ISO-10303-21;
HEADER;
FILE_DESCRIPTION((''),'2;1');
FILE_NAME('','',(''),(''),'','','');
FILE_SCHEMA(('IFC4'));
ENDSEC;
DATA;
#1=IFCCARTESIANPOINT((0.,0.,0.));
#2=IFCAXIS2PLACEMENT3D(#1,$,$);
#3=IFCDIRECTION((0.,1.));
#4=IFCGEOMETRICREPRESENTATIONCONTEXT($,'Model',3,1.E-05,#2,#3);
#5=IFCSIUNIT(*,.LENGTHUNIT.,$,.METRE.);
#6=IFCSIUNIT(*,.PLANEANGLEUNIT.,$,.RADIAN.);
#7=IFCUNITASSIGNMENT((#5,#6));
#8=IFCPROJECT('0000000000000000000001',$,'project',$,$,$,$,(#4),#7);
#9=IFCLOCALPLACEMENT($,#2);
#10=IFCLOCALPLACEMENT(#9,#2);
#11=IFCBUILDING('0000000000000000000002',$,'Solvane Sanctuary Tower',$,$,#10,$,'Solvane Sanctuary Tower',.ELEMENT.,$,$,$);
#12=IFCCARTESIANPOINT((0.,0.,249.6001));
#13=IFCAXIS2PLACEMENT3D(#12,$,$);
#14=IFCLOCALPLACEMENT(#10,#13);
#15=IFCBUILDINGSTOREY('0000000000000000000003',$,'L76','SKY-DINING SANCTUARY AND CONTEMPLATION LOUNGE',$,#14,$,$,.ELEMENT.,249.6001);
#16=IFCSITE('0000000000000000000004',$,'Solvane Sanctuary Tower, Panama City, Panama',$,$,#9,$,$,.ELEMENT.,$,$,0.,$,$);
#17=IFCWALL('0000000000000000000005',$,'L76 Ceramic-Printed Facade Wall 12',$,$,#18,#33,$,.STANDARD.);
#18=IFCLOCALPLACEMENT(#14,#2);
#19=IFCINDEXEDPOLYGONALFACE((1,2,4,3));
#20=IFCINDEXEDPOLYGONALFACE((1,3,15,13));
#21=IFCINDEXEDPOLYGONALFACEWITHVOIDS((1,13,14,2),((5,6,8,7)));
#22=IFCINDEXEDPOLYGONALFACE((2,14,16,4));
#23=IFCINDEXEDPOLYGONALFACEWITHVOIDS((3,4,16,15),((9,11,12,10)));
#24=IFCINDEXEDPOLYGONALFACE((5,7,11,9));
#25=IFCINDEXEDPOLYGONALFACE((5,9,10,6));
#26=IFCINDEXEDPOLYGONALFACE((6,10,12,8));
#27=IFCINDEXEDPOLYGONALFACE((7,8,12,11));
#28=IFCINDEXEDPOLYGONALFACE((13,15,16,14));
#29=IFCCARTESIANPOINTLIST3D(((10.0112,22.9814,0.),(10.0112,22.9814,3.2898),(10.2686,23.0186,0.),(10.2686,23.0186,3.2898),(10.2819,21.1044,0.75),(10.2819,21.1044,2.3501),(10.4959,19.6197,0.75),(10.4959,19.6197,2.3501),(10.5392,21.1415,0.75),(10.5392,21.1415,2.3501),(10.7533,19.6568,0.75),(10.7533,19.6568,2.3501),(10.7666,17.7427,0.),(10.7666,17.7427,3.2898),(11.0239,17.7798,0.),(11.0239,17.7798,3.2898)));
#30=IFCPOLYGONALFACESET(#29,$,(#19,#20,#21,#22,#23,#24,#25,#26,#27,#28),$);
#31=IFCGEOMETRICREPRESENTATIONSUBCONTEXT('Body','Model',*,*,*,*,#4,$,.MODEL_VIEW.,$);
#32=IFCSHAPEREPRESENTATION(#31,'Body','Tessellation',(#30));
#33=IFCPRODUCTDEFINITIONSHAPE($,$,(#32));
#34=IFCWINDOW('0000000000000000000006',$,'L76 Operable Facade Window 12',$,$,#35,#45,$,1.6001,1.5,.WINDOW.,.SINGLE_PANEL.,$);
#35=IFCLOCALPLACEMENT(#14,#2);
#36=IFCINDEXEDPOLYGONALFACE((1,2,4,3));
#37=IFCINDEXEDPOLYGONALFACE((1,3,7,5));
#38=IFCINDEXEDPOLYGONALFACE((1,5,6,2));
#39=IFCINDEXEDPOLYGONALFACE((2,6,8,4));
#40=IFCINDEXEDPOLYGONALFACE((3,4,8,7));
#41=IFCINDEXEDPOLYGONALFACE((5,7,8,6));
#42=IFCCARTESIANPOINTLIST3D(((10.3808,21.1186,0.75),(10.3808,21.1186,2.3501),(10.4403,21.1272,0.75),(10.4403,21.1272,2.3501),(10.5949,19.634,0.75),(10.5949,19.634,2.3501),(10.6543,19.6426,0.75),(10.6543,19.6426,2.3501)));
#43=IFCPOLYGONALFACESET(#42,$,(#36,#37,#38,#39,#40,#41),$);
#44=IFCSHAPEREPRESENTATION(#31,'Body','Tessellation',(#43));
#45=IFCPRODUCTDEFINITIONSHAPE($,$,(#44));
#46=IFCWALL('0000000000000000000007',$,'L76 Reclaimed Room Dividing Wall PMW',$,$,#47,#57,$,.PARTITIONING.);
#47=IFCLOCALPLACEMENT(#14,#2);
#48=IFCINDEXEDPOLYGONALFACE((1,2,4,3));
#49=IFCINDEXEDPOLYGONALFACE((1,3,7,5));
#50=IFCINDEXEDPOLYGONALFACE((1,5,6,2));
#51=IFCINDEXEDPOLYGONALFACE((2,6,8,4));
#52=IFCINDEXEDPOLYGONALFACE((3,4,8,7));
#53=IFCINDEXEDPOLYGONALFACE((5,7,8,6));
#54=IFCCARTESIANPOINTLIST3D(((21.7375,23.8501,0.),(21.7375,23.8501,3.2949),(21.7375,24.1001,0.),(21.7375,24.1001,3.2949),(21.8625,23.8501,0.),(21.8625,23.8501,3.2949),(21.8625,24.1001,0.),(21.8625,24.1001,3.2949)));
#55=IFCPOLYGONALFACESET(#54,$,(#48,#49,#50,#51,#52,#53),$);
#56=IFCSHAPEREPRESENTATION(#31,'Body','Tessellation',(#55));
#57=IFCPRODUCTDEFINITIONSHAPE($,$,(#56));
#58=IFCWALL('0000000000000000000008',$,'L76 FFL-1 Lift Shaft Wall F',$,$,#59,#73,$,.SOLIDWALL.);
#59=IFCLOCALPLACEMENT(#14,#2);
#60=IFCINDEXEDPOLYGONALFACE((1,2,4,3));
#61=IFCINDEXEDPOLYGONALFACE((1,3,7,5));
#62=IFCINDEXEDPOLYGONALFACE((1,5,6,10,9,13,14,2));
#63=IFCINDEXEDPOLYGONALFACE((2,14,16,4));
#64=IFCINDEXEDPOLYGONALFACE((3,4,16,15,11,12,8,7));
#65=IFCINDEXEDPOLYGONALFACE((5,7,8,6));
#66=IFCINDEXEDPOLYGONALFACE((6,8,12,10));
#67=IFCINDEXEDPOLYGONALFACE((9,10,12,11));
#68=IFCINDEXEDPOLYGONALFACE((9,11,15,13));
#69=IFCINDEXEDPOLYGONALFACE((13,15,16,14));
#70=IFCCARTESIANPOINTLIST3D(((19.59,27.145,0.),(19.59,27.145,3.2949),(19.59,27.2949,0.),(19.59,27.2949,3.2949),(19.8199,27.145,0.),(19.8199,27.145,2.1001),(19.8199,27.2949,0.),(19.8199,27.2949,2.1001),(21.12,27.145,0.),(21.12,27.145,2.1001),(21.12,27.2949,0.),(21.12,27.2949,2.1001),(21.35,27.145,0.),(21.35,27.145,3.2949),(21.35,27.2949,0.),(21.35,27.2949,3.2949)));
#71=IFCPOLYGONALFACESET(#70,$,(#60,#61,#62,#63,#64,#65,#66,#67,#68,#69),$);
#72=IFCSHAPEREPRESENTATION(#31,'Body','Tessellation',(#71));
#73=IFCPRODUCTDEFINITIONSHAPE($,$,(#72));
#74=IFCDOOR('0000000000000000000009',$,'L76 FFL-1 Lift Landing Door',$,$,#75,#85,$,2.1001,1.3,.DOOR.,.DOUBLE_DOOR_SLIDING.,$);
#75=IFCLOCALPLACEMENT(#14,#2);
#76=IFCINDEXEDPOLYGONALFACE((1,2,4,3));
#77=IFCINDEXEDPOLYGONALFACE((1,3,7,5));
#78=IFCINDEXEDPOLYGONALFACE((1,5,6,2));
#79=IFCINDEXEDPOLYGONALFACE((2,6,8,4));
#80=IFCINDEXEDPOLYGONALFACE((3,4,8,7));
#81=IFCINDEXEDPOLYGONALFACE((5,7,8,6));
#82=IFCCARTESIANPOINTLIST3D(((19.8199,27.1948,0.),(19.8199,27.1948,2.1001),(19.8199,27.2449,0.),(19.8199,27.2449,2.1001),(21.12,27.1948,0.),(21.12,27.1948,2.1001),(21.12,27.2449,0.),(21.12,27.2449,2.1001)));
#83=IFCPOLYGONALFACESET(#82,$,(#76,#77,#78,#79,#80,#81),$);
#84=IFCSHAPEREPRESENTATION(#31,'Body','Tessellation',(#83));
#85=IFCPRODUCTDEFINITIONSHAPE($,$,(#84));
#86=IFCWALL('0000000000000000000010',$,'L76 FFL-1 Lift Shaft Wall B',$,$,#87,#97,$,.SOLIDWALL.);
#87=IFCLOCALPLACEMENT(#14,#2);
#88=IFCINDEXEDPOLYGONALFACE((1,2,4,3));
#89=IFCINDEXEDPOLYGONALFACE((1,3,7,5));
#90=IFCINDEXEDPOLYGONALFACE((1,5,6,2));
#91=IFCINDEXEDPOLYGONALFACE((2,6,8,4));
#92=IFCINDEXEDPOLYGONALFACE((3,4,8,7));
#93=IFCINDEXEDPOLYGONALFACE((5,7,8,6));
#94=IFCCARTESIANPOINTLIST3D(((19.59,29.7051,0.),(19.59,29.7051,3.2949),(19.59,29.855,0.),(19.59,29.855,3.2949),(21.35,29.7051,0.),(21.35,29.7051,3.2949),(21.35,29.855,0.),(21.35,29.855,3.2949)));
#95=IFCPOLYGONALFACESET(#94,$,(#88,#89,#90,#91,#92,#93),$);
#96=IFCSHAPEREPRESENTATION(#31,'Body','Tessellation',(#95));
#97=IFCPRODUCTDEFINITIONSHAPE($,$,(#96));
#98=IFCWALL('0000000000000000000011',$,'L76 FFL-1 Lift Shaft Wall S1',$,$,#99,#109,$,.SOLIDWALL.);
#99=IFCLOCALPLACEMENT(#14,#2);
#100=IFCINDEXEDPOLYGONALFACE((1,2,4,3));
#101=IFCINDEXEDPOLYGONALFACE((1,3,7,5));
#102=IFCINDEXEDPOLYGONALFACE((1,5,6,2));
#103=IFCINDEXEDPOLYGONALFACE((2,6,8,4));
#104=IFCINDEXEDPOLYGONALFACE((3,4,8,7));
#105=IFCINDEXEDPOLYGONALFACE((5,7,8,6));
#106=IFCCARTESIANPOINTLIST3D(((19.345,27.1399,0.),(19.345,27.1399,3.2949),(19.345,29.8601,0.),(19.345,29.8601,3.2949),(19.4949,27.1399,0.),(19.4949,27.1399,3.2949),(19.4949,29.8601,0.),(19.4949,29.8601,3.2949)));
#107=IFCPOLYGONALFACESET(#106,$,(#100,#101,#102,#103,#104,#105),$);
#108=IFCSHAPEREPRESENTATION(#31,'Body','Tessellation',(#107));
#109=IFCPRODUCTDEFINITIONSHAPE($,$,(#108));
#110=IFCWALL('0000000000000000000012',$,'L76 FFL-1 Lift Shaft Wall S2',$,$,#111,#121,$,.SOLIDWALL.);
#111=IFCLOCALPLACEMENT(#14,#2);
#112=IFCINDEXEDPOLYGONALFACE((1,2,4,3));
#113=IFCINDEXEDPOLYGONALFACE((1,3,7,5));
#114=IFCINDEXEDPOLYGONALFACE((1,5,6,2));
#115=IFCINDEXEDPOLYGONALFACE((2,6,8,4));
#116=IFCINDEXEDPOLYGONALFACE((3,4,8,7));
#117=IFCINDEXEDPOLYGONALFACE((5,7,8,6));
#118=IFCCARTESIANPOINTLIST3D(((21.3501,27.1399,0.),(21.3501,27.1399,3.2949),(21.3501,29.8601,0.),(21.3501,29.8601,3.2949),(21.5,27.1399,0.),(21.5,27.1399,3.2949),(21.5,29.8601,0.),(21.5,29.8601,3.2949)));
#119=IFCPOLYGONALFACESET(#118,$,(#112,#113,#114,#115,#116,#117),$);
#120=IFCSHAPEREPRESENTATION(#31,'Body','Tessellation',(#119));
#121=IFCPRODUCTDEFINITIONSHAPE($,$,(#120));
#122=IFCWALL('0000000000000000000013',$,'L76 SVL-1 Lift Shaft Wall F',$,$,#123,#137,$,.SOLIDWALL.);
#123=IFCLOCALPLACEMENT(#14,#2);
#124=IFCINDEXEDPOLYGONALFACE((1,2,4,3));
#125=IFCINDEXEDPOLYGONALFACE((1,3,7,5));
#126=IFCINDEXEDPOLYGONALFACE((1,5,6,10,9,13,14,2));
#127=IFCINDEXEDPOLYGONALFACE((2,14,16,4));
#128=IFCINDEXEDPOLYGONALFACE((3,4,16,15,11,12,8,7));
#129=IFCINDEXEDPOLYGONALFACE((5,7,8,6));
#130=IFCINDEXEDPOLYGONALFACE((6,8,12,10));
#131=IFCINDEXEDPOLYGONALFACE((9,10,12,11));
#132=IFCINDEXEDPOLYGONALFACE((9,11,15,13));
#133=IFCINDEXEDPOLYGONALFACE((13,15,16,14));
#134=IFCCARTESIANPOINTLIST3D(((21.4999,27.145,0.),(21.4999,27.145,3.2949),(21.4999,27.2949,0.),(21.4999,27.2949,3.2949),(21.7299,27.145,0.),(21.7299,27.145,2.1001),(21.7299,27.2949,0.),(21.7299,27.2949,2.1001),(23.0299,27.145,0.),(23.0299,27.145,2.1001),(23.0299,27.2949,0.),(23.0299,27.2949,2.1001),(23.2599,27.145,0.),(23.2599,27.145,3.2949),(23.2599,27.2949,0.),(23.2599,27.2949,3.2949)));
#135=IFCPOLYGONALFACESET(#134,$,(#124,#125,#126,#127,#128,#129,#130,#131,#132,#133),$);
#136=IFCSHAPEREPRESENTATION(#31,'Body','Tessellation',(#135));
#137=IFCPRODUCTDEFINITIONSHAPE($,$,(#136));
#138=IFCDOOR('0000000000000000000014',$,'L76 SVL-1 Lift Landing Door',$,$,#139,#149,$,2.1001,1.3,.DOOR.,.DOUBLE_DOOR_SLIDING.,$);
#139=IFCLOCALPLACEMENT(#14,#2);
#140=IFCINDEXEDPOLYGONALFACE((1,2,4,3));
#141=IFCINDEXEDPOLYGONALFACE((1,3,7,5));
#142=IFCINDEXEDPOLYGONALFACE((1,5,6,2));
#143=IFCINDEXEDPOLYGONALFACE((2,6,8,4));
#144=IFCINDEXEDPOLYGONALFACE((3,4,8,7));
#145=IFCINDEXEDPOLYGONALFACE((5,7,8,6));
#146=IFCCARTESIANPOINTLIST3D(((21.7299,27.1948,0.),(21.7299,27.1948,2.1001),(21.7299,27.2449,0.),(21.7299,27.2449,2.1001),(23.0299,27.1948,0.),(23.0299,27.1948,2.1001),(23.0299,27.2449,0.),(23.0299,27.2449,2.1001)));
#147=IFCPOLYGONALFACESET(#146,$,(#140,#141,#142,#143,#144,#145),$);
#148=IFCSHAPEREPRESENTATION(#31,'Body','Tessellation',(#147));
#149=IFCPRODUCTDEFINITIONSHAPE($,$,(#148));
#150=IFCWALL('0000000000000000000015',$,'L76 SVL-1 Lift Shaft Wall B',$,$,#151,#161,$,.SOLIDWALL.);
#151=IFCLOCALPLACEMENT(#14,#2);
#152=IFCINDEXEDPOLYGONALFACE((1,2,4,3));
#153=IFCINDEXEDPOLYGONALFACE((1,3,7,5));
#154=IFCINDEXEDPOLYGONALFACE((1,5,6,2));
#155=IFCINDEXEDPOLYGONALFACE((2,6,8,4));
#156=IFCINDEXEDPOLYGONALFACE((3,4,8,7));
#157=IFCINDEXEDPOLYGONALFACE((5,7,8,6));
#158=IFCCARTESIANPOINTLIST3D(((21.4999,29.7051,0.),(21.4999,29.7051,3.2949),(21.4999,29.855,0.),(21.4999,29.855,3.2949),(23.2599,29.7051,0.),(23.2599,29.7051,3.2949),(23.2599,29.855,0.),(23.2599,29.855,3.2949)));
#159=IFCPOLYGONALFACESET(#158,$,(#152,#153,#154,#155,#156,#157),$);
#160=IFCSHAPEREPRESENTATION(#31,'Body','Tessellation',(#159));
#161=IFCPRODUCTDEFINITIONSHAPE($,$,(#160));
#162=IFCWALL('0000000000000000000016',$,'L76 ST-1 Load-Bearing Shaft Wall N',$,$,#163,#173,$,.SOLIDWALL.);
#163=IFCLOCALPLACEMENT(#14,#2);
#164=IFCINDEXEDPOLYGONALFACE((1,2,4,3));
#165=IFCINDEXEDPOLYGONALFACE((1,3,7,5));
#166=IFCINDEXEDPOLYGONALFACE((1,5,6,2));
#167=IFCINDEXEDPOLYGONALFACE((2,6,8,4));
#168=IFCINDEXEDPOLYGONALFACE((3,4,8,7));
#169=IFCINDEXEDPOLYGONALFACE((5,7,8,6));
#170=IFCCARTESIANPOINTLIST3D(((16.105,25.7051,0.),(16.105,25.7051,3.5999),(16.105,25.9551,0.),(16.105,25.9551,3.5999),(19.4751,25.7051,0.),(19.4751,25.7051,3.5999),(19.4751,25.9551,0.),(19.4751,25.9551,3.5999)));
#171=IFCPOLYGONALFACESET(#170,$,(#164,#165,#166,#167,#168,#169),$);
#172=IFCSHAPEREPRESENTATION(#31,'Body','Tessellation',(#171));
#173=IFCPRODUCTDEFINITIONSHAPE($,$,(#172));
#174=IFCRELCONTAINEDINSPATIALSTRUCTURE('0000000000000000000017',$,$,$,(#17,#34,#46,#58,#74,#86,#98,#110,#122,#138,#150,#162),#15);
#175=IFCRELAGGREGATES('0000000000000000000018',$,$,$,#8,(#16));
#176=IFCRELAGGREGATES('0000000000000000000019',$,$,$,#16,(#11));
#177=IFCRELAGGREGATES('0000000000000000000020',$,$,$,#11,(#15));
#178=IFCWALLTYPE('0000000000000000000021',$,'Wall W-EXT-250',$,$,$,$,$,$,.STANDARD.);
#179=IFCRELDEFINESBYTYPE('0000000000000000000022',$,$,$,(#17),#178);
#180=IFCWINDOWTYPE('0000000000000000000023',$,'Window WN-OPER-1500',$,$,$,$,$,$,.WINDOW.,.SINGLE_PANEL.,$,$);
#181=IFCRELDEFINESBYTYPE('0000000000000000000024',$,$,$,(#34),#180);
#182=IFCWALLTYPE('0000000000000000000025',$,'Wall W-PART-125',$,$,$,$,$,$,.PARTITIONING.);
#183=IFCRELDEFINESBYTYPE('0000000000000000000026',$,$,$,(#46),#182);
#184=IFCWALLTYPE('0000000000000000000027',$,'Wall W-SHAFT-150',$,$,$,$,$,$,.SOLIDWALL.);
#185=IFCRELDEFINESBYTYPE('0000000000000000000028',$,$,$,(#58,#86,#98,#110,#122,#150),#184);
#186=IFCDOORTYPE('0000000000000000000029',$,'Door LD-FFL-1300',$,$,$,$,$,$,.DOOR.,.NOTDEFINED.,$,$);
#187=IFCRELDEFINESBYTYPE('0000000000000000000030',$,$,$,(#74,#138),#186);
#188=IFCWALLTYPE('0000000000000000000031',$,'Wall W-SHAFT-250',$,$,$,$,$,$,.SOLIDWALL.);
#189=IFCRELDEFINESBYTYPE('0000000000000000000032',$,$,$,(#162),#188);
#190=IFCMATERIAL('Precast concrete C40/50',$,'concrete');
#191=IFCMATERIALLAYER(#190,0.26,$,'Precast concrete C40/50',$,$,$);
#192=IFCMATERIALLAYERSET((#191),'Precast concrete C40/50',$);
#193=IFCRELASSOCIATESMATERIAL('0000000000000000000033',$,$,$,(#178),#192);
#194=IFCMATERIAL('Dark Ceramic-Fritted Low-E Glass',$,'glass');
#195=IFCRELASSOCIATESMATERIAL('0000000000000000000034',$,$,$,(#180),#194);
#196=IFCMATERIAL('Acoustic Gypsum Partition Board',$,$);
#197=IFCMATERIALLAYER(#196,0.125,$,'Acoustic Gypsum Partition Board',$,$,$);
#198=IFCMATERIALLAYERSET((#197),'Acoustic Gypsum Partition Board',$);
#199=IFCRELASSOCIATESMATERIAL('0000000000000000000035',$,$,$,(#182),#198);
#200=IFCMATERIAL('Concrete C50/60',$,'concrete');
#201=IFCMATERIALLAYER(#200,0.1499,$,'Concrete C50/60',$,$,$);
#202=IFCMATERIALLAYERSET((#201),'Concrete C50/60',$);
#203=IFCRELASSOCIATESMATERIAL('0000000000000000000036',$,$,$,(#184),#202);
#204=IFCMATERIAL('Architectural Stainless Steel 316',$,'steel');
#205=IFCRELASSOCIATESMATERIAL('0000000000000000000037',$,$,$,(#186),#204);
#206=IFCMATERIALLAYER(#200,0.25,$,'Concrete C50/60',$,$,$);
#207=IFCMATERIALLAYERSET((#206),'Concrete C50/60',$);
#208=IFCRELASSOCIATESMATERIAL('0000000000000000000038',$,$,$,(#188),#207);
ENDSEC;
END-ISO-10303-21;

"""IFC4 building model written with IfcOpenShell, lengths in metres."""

from ifc_helpers import new_model, si_unit, direction, frame, frame_2d, origin, place, context, subcontext, project, spatial, rectangle, extrude, material, layer, layer_set, type_object, element, fill, save


model = new_model("IFC4")

# Units and contexts
model_context = context("Model", 3, precision=1e-05, world=origin(), true_north=direction((0.0, 1.0)))
body_context = subcontext(model_context, "Body", "Model", "MODEL_VIEW")
ifc_project = project(units=[si_unit("LENGTHUNIT", "METRE"), si_unit("PLANEANGLEUNIT", "RADIAN")], contexts=[model_context])

# Site, building, storey
site_placement = place(None, origin())
site = spatial("IfcSite", under=ifc_project, at=site_placement, Name="Solvane Sanctuary Tower, Panama City, Panama", CompositionType="ELEMENT", RefElevation=0.0)
building_placement = place(site_placement, origin())
building = spatial("IfcBuilding", under=site, at=building_placement, Name="Solvane Sanctuary Tower", LongName="Solvane Sanctuary Tower", CompositionType="ELEMENT")
storey_placement = place(building_placement, frame((0.0, 0.0, 249.6001)))
storey = spatial("IfcBuildingStorey", under=building, at=storey_placement, Name="L76", Description="SKY-DINING SANCTUARY AND CONTEMPLATION LOUNGE", CompositionType="ELEMENT", Elevation=249.6001)

# Shared definitions
ifc_material_1 = material(Name="Concrete C50/60", Category="concrete")
ifc_material_2 = material(Name="Acoustic Gypsum Partition Board")

# Wall, opening, window
ifc_material_3 = material(Name="Precast concrete C40/50", Category="concrete")
ifc_layer_1 = layer(ifc_material_3, 0.26, Name="Precast concrete C40/50")
ifc_layer_set_1 = layer_set([ifc_layer_1], Name="Precast concrete C40/50")
wall_type_1 = type_object("IfcWallType", Name="Wall W-EXT-250", PredefinedType="STANDARD", material=ifc_layer_set_1)
ifc_material_4 = material(Name="Dark Ceramic-Fritted Low-E Glass", Category="glass")
wall_1_placement = place(storey_placement, frame((10.1399, 23.0, 0.0), z_axis=(0.0, 0.0, 1.0), x_axis=(0.142713, -0.989764, 0.0)))
wall_1 = element("IfcWall", 1, at=wall_1_placement, inside=storey, type_object=wall_type_1, Name="L76 Ceramic-Printed Facade Wall 12", PredefinedType="STANDARD", context=body_context, shape_type="SweptSolid", body=[
    extrude(rectangle(XDim=5.293, YDim=0.26, at=frame_2d((2.6465, 0.0))), origin(), (0.0, 0.0, 1.0), 3.2898),
])
opening_1_placement = place(wall_1_placement, frame((1.8965, 0.0, 0.75)))
opening_1 = element("IfcOpeningElement", 2, at=opening_1_placement, cuts=wall_1, PredefinedType="OPENING", context=body_context, shape_type="SweptSolid", body=[
    extrude(rectangle(XDim=1.5, YDim=1.6001, at=frame_2d((0.75, 0.8))), frame((0.0, 0.1399, 0.0), z_axis=(0.0, -1.0, 0.0), x_axis=(1.0, 0.0, 0.0)), (0.0, 0.0, 1.0), 0.28),
])
window_type_1 = type_object("IfcWindowType", Name="Window WN-OPER-1500", PartitioningType="SINGLE_PANEL", PredefinedType="WINDOW", material=ifc_material_4)
window_1_placement = place(opening_1_placement, origin())
window_1 = element("IfcWindow", 3, at=window_1_placement, inside=storey, type_object=window_type_1, Name="L76 Operable Facade Window 12", OverallHeight=1.6001, OverallWidth=1.5, PartitioningType="SINGLE_PANEL", PredefinedType="WINDOW", context=body_context, shape_type="SweptSolid", body=[
    extrude(rectangle(XDim=1.5, YDim=1.6001, at=frame_2d((0.75, 0.8))), frame((0.0, 0.03, 0.0), z_axis=(0.0, -1.0, 0.0), x_axis=(1.0, 0.0, 0.0)), (0.0, 0.0, 1.0), 0.0601),
])
fill(opening_1, window_1)

# Wall
ifc_layer_2 = layer(ifc_material_2, 0.125, Name="Acoustic Gypsum Partition Board")
ifc_layer_set_2 = layer_set([ifc_layer_2], Name="Acoustic Gypsum Partition Board")
wall_type_2 = type_object("IfcWallType", Name="Wall W-PART-125", PredefinedType="PARTITIONING", material=ifc_layer_set_2)
wall_2_placement = place(storey_placement, frame((21.8, 23.8501, 0.0), z_axis=(0.0, 0.0, 1.0), x_axis=(0.0, 1.0, 0.0)))
element("IfcWall", 4, at=wall_2_placement, inside=storey, type_object=wall_type_2, Name="L76 Reclaimed Room Dividing Wall PMW", PredefinedType="PARTITIONING", context=body_context, shape_type="SweptSolid", body=[
    extrude(rectangle(XDim=0.25, YDim=0.125, at=frame_2d((0.125, 0.0))), origin(), (0.0, 0.0, 1.0), 3.2949),
])

# Wall, opening, door
ifc_layer_3 = layer(ifc_material_1, 0.1499, Name="Concrete C50/60")
ifc_layer_set_3 = layer_set([ifc_layer_3], Name="Concrete C50/60")
wall_type_3 = type_object("IfcWallType", Name="Wall W-SHAFT-150", PredefinedType="SOLIDWALL", material=ifc_layer_set_3)
wall_3_placement = place(storey_placement, frame((19.5901, 27.22, 0.0), z_axis=(0.0, 0.0, 1.0), x_axis=(1.0, 0.0, 0.0)))
wall_3 = element("IfcWall", 5, at=wall_3_placement, inside=storey, type_object=wall_type_3, Name="L76 FFL-1 Lift Shaft Wall F", PredefinedType="SOLIDWALL", context=body_context, shape_type="SweptSolid", body=[
    extrude(rectangle(XDim=1.76, YDim=0.1499, at=frame_2d((0.8799, 0.0))), origin(), (0.0, 0.0, 1.0), 3.2949),
])
opening_2_placement = place(wall_3_placement, frame((0.23, 0.0, 0.0)))
opening_2 = element("IfcOpeningElement", 6, at=opening_2_placement, cuts=wall_3, PredefinedType="OPENING", context=body_context, shape_type="SweptSolid", body=[
    extrude(rectangle(XDim=1.3, YDim=2.1001, at=frame_2d((0.6499, 1.05))), frame((0.0, 0.085, 0.0), z_axis=(0.0, -1.0, 0.0), x_axis=(1.0, 0.0, 0.0)), (0.0, 0.0, 1.0), 0.1699),
])
ifc_material_5 = material(Name="Architectural Stainless Steel 316", Category="steel")
door_type_1 = type_object("IfcDoorType", Name="Door LD-FFL-1300", OperationType="NOTDEFINED", PredefinedType="DOOR", material=ifc_material_5)
door_1_placement = place(opening_2_placement, origin())
door_1 = element("IfcDoor", 7, at=door_1_placement, inside=storey, type_object=door_type_1, Name="L76 FFL-1 Lift Landing Door", OperationType="DOUBLE_DOOR_SLIDING", OverallHeight=2.1001, OverallWidth=1.3, PredefinedType="DOOR", context=body_context, shape_type="SweptSolid", body=[
    extrude(rectangle(XDim=1.3, YDim=2.1001, at=frame_2d((0.6499, 1.05))), frame((0.0, 0.0249, 0.0), z_axis=(0.0, -1.0, 0.0), x_axis=(1.0, 0.0, 0.0)), (0.0, 0.0, 1.0), 0.05),
])
fill(opening_2, door_1)

# Walls
wall_4_placement = place(storey_placement, frame((19.5901, 29.78, 0.0), z_axis=(0.0, 0.0, 1.0), x_axis=(1.0, 0.0, 0.0)))
element("IfcWall", 8, at=wall_4_placement, inside=storey, type_object=wall_type_3, Name="L76 FFL-1 Lift Shaft Wall B", PredefinedType="SOLIDWALL", context=body_context, shape_type="SweptSolid", body=[
    extrude(rectangle(XDim=1.76, YDim=0.1499, at=frame_2d((0.8799, 0.0))), origin(), (0.0, 0.0, 1.0), 3.2949),
])
for number, where, z_axis, x_axis, name in (
    (9, (19.4199, 27.1399, 0.0), (0.0, 0.0, 1.0), (0.0, 1.0, 0.0), "L76 FFL-1 Lift Shaft Wall S1"),
    (10, (21.425, 27.1399, 0.0), (0.0, 0.0, 1.0), (0.0, 1.0, 0.0), "L76 FFL-1 Lift Shaft Wall S2"),
):
    element("IfcWall", number, at=place(storey_placement, frame(where, z_axis=z_axis, x_axis=x_axis)), inside=storey, type_object=wall_type_3, Name=name, PredefinedType="SOLIDWALL", context=body_context, shape_type="SweptSolid", body=[
        extrude(rectangle(XDim=2.7202, YDim=0.1499, at=frame_2d((1.3601, 0.0))), origin(), (0.0, 0.0, 1.0), 3.2949),
    ])

# Wall, opening, door
wall_5_placement = place(storey_placement, frame((21.5, 27.22, 0.0), z_axis=(0.0, 0.0, 1.0), x_axis=(1.0, 0.0, 0.0)))
wall_5 = element("IfcWall", 11, at=wall_5_placement, inside=storey, type_object=wall_type_3, Name="L76 SVL-1 Lift Shaft Wall F", PredefinedType="SOLIDWALL", context=body_context, shape_type="SweptSolid", body=[
    extrude(rectangle(XDim=1.76, YDim=0.1499, at=frame_2d((0.8799, 0.0))), origin(), (0.0, 0.0, 1.0), 3.2949),
])
opening_3_placement = place(wall_5_placement, frame((0.23, 0.0, 0.0)))
opening_3 = element("IfcOpeningElement", 12, at=opening_3_placement, cuts=wall_5, PredefinedType="OPENING", context=body_context, shape_type="SweptSolid", body=[
    extrude(rectangle(XDim=1.3, YDim=2.1001, at=frame_2d((0.6499, 1.05))), frame((0.0, 0.085, 0.0), z_axis=(0.0, -1.0, 0.0), x_axis=(1.0, 0.0, 0.0)), (0.0, 0.0, 1.0), 0.1699),
])
door_2_placement = place(opening_3_placement, origin())
door_2 = element("IfcDoor", 13, at=door_2_placement, inside=storey, type_object=door_type_1, Name="L76 SVL-1 Lift Landing Door", OperationType="DOUBLE_DOOR_SLIDING", OverallHeight=2.1001, OverallWidth=1.3, PredefinedType="DOOR", context=body_context, shape_type="SweptSolid", body=[
    extrude(rectangle(XDim=1.3, YDim=2.1001, at=frame_2d((0.6499, 1.05))), frame((0.0, 0.0249, 0.0), z_axis=(0.0, -1.0, 0.0), x_axis=(1.0, 0.0, 0.0)), (0.0, 0.0, 1.0), 0.05),
])
fill(opening_3, door_2)

# Walls
wall_6_placement = place(storey_placement, frame((21.5, 29.78, 0.0), z_axis=(0.0, 0.0, 1.0), x_axis=(1.0, 0.0, 0.0)))
element("IfcWall", 14, at=wall_6_placement, inside=storey, type_object=wall_type_3, Name="L76 SVL-1 Lift Shaft Wall B", PredefinedType="SOLIDWALL", context=body_context, shape_type="SweptSolid", body=[
    extrude(rectangle(XDim=1.76, YDim=0.1499, at=frame_2d((0.8799, 0.0))), origin(), (0.0, 0.0, 1.0), 3.2949),
])
ifc_layer_4 = layer(ifc_material_1, 0.25, Name="Concrete C50/60")
ifc_layer_set_4 = layer_set([ifc_layer_4], Name="Concrete C50/60")
wall_type_4 = type_object("IfcWallType", Name="Wall W-SHAFT-250", PredefinedType="SOLIDWALL", material=ifc_layer_set_4)
wall_7_placement = place(storey_placement, frame((16.105, 25.8301, 0.0), z_axis=(0.0, 0.0, 1.0), x_axis=(1.0, 0.0, 0.0)))
element("IfcWall", 15, at=wall_7_placement, inside=storey, type_object=wall_type_4, Name="L76 ST-1 Load-Bearing Shaft Wall N", PredefinedType="SOLIDWALL", context=body_context, shape_type="SweptSolid", body=[
    extrude(rectangle(XDim=3.3701, YDim=0.25, at=frame_2d((1.6851, 0.0))), origin(), (0.0, 0.0, 1.0), 3.5999),
])

save(model, "model.ifc")
